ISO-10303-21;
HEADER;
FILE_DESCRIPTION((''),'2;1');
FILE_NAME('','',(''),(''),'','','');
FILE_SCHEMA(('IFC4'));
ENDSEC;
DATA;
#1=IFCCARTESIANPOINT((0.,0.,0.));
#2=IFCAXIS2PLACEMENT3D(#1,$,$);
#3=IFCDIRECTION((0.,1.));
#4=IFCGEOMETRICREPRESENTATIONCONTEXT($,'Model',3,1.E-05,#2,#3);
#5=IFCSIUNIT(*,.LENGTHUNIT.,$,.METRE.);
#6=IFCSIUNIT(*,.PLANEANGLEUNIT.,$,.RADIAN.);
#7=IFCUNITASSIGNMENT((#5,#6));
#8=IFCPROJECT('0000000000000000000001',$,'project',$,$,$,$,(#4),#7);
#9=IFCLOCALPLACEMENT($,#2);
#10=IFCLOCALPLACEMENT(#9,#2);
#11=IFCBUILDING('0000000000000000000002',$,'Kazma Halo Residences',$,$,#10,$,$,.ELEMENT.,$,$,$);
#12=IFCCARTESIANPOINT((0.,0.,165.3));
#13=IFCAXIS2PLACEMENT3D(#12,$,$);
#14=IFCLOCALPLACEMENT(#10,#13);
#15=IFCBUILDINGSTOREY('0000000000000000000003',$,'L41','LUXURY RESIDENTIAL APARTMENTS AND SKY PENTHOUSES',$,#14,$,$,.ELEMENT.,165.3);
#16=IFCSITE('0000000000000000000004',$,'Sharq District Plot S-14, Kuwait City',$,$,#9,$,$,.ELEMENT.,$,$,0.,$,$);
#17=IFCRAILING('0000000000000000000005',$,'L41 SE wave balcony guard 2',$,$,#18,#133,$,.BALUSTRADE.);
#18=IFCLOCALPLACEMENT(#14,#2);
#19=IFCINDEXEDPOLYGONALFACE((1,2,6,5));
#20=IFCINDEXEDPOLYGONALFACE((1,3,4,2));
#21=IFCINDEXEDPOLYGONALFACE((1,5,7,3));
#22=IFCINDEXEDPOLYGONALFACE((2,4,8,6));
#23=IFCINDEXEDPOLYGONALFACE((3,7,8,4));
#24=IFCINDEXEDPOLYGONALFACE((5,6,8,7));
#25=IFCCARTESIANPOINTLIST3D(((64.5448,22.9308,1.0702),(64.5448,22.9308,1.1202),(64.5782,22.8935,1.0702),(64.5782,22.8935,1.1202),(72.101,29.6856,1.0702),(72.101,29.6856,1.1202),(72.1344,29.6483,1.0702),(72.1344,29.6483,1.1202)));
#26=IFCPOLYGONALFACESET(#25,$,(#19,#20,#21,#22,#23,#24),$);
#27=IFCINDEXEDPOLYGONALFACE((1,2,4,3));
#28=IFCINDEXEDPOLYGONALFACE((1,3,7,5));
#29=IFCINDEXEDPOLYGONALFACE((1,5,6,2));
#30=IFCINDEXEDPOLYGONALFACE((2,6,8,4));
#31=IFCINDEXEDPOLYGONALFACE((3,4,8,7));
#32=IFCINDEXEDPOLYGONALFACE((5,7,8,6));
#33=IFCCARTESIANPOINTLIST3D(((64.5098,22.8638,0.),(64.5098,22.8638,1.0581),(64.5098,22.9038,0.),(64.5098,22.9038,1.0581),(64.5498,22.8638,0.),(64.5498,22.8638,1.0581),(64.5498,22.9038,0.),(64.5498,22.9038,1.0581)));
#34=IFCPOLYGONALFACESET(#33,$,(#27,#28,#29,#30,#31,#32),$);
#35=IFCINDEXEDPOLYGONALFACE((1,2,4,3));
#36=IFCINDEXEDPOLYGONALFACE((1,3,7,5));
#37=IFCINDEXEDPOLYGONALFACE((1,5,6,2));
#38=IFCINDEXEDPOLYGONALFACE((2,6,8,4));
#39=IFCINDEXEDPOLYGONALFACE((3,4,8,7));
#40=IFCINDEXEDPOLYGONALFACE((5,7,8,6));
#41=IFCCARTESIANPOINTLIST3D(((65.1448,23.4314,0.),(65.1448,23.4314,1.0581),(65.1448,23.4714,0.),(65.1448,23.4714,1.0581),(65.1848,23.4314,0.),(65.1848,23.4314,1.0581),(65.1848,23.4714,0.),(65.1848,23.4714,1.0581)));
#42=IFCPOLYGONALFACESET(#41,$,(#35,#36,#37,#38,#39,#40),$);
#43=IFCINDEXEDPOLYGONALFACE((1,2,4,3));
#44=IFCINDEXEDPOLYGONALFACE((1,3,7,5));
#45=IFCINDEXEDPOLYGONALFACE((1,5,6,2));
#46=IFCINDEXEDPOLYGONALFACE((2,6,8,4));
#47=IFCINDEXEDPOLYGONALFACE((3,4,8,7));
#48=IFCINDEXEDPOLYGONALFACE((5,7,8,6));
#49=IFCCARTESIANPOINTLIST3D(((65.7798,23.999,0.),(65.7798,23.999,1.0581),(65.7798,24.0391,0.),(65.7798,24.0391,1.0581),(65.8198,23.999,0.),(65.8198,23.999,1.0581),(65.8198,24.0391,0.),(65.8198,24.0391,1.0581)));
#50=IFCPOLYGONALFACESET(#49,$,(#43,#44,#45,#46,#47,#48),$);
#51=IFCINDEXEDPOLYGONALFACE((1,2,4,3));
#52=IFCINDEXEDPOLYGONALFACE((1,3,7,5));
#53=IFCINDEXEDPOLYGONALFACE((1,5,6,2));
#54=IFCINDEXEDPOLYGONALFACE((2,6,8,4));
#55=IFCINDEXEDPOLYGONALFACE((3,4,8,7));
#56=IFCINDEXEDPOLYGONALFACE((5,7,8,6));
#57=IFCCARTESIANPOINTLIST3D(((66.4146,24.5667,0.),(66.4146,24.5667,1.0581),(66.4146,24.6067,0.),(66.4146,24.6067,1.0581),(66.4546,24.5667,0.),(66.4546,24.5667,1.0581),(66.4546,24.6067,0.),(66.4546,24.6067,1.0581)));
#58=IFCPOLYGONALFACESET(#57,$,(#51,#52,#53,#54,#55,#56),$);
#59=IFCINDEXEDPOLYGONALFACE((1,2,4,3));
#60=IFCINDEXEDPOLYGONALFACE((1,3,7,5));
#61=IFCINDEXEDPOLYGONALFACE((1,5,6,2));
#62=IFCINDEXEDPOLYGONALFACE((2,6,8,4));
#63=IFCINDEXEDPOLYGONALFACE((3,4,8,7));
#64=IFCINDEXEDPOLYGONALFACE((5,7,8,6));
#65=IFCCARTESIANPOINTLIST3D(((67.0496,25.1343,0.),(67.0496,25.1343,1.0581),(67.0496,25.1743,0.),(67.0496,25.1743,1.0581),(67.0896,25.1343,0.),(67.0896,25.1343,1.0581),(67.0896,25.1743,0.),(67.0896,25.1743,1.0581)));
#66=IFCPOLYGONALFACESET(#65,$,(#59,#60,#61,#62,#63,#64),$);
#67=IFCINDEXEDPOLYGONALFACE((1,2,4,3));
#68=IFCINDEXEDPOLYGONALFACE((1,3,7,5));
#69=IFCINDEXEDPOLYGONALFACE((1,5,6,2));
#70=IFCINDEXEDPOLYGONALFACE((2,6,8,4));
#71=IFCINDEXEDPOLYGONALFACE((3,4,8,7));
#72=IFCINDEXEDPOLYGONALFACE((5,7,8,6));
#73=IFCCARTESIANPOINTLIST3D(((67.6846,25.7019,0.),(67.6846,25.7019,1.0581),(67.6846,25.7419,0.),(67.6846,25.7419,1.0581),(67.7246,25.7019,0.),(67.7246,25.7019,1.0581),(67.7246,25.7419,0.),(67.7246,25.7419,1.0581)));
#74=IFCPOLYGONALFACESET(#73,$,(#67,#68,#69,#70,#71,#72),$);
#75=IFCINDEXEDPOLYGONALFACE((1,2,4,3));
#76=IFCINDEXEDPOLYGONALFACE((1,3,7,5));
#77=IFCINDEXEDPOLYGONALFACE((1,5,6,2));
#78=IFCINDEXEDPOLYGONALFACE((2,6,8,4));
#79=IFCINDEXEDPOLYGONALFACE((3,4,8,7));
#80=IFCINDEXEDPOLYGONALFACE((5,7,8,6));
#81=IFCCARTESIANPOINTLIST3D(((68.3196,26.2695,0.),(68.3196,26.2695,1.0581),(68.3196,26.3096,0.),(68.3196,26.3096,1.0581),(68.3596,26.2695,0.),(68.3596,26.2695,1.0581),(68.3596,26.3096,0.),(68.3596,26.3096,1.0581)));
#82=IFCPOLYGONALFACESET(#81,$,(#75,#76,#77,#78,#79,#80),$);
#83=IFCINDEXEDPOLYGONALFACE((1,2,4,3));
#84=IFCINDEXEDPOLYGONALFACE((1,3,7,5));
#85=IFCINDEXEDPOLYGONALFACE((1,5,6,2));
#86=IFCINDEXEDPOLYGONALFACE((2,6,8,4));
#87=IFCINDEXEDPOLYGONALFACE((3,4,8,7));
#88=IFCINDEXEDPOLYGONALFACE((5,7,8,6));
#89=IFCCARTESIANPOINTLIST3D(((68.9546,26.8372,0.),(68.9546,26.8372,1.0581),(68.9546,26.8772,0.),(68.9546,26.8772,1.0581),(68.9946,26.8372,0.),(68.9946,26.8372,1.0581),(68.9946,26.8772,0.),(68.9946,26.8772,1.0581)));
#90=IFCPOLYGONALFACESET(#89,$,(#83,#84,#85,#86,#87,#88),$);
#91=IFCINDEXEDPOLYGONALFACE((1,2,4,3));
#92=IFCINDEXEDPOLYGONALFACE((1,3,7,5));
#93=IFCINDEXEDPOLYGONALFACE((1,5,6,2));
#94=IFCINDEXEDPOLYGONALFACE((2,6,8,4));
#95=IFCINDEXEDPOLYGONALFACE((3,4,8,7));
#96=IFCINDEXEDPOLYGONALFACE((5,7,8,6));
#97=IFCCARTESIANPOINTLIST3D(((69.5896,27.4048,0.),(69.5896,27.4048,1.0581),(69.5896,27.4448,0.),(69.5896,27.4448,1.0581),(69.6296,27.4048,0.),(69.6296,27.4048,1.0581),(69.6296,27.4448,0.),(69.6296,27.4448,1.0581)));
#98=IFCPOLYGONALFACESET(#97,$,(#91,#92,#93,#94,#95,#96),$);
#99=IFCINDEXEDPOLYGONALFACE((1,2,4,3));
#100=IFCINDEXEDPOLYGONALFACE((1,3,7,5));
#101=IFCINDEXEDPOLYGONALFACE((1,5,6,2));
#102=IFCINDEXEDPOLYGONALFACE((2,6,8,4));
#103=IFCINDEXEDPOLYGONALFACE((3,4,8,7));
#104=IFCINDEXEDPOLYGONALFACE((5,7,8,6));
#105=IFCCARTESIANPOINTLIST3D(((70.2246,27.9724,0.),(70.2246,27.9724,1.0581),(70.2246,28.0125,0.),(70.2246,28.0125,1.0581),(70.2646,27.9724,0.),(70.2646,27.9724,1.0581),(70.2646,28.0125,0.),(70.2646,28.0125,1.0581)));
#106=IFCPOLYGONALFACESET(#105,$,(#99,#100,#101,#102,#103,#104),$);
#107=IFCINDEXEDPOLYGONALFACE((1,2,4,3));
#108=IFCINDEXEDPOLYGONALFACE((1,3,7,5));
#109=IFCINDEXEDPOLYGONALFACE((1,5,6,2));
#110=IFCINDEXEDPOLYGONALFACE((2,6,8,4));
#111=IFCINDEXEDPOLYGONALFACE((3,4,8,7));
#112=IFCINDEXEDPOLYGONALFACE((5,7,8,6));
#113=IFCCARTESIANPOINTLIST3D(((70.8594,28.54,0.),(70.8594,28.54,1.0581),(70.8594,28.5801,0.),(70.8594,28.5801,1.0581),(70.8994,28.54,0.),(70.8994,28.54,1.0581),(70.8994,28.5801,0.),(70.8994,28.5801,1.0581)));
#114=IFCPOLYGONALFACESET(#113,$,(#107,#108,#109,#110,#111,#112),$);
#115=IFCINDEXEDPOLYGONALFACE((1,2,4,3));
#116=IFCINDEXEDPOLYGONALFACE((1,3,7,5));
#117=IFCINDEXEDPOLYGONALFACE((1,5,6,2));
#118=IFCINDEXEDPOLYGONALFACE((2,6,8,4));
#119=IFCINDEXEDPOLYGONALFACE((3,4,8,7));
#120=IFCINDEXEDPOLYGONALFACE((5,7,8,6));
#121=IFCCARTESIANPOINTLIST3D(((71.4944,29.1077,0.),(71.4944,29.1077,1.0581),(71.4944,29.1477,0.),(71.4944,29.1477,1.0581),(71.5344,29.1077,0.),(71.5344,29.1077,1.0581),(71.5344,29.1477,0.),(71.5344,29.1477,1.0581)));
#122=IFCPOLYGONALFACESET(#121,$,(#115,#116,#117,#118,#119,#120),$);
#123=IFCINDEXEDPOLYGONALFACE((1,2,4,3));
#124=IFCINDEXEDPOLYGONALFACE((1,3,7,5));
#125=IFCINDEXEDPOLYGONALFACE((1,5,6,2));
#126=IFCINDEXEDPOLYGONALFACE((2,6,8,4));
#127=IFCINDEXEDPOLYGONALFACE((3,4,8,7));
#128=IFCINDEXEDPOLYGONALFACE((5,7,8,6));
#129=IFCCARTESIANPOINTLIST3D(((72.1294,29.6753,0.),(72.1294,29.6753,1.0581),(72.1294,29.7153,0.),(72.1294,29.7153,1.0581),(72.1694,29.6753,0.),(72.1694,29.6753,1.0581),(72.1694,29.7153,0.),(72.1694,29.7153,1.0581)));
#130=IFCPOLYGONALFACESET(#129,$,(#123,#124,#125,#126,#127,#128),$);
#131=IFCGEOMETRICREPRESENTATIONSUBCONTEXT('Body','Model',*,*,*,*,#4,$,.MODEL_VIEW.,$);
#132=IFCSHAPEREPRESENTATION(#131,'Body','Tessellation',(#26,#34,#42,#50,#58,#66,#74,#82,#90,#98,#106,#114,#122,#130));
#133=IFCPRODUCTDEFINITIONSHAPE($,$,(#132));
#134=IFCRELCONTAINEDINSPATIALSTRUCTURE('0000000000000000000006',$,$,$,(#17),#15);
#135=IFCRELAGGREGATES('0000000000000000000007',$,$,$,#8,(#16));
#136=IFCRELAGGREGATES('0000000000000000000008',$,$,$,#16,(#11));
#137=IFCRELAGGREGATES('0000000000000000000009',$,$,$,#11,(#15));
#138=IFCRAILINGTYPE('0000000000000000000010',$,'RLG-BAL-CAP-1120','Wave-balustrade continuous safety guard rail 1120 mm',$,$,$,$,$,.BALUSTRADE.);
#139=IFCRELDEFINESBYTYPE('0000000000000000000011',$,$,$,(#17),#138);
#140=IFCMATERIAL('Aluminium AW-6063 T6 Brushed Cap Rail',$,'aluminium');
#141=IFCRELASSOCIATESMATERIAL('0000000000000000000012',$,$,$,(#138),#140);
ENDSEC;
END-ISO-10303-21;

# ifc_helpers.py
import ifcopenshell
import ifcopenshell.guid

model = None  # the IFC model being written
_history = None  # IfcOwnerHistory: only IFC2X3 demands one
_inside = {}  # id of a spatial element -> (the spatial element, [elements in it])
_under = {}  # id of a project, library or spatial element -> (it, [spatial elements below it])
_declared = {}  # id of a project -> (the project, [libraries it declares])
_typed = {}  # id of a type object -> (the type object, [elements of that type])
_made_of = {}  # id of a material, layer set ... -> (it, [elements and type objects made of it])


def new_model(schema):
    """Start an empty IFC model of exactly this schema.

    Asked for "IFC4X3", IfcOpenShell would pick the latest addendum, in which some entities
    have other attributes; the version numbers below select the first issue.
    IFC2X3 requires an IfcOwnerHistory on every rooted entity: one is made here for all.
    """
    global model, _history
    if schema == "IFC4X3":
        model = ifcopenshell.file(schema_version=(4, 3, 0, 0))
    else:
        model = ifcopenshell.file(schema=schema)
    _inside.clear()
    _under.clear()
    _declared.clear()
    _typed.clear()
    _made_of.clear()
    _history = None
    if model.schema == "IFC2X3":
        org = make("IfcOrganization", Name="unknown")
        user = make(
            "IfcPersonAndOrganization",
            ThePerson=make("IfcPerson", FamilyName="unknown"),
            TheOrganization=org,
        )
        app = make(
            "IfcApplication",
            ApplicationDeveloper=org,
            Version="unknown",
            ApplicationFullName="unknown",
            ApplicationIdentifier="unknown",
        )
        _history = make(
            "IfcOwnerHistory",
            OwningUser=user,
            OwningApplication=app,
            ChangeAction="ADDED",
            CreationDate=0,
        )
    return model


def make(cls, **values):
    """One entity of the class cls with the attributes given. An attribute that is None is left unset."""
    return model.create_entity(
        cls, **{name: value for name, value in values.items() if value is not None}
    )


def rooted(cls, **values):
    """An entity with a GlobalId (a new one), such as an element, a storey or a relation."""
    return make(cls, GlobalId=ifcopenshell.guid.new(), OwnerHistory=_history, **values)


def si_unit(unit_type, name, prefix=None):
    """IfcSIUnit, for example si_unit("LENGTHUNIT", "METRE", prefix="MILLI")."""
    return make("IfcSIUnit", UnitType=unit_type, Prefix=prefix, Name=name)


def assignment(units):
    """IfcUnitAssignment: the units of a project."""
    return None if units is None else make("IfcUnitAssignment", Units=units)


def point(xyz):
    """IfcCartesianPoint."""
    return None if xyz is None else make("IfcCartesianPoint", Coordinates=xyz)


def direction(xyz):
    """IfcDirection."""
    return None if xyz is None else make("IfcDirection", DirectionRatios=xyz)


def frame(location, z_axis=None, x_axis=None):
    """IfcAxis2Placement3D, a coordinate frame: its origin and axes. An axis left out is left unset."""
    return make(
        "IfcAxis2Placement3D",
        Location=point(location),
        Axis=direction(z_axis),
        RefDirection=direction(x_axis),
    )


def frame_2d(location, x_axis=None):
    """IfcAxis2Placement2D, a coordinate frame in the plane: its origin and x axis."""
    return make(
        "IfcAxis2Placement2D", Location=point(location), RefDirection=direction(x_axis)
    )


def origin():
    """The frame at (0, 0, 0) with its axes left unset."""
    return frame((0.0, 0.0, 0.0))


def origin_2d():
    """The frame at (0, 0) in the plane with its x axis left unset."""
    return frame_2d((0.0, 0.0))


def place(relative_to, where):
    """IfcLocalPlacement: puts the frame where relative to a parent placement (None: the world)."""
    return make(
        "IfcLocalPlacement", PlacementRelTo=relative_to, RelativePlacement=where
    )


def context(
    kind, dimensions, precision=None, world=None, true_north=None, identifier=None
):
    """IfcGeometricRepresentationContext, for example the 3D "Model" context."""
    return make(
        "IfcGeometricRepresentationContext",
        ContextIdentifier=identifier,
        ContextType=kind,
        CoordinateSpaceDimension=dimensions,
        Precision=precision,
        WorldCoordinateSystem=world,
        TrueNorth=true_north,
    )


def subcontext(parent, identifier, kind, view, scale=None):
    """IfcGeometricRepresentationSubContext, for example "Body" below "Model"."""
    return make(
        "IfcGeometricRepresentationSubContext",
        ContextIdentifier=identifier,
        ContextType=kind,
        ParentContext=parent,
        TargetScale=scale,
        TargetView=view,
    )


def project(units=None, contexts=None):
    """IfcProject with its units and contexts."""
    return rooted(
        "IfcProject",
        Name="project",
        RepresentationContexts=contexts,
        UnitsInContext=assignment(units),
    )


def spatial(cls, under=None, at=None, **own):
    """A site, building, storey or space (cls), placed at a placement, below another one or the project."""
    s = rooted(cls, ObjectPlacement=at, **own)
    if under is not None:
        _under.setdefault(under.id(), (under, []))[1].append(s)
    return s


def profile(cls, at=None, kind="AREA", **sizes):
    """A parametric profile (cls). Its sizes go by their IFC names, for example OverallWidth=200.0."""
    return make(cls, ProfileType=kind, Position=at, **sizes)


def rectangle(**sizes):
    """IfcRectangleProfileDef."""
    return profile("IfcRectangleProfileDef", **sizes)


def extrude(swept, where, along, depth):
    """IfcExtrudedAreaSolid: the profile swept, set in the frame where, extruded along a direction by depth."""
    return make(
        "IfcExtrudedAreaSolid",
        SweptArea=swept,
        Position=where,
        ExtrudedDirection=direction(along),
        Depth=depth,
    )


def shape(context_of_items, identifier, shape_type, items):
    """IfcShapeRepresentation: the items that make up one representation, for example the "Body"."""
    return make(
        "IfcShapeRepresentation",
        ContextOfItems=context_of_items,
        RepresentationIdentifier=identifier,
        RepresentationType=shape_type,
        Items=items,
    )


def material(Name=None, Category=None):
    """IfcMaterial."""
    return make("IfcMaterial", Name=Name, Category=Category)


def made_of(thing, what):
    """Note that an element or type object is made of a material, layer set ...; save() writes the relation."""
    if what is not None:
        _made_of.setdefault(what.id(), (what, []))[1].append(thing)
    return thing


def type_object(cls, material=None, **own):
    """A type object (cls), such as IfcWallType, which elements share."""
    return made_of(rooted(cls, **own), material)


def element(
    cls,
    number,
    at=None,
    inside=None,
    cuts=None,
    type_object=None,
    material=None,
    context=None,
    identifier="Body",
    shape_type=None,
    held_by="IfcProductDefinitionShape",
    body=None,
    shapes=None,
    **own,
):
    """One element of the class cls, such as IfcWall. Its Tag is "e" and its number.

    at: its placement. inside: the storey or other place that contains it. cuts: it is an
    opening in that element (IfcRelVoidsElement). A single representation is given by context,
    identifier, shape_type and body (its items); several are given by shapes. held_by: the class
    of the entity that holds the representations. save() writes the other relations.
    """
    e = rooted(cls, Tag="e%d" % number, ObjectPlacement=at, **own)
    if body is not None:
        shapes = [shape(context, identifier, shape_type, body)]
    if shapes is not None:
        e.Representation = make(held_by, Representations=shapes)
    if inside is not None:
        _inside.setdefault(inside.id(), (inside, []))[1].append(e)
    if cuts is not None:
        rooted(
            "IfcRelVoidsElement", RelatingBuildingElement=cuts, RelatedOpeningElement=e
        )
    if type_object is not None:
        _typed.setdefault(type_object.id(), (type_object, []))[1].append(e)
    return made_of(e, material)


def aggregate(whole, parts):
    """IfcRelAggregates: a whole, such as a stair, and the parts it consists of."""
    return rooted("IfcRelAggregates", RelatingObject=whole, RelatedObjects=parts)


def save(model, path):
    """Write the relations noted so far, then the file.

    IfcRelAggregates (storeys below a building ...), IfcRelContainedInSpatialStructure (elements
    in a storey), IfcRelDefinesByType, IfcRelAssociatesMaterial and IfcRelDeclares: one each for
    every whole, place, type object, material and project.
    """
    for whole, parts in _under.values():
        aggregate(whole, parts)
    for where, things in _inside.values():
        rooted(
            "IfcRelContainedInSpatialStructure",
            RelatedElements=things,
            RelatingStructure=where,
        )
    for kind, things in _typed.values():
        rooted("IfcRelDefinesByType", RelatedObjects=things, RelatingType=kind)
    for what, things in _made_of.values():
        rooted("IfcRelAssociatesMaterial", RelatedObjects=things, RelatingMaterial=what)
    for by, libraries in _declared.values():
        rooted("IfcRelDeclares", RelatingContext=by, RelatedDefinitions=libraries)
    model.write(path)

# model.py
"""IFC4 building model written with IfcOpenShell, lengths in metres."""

from ifc_helpers import new_model, si_unit, direction, frame, origin, origin_2d, place, context, subcontext, project, spatial, rectangle, extrude, material, type_object, element, save


model = new_model("IFC4")

# Units and contexts
model_context = context("Model", 3, precision=1e-05, world=origin(), true_north=direction((0.0, 1.0)))
body_context = subcontext(model_context, "Body", "Model", "MODEL_VIEW")
ifc_project = project(units=[si_unit("LENGTHUNIT", "METRE"), si_unit("PLANEANGLEUNIT", "RADIAN")], contexts=[model_context])

# Site, building, storey
site_placement = place(None, origin())
site = spatial("IfcSite", under=ifc_project, at=site_placement, Name="Sharq District Plot S-14, Kuwait City", CompositionType="ELEMENT", RefElevation=0.0)
building_placement = place(site_placement, origin())
building = spatial("IfcBuilding", under=site, at=building_placement, Name="Kazma Halo Residences", CompositionType="ELEMENT")
storey_placement = place(building_placement, frame((0.0, 0.0, 165.3)))
storey = spatial("IfcBuildingStorey", under=building, at=storey_placement, Name="L41", Description="LUXURY RESIDENTIAL APARTMENTS AND SKY PENTHOUSES", CompositionType="ELEMENT", Elevation=165.3)

# Railing
ifc_material_1 = material(Name="Aluminium AW-6063 T6 Brushed Cap Rail", Category="aluminium")
railing_type = type_object("IfcRailingType", Name="RLG-BAL-CAP-1120", Description="Wave-balustrade continuous safety guard rail 1120 mm", PredefinedType="BALUSTRADE", material=ifc_material_1)
railing_1_placement = place(storey_placement, frame((64.5298, 22.8838, 0.0)))
element("IfcRailing", 1, at=railing_1_placement, inside=storey, type_object=railing_type, Name="L41 SE wave balcony guard 2", PredefinedType="BALUSTRADE", context=body_context, shape_type="SweptSolid", body=[
    extrude(rectangle(XDim=0.05, YDim=0.05, at=origin_2d()), frame((0.0317, 0.0283, 1.0952), z_axis=(0.745535, 0.666467, 0.0), x_axis=(-0.666467, 0.745535, 0.0)), (0.0, 0.0, 1.0), 10.1353),
    extrude(rectangle(XDim=0.04, YDim=0.04, at=origin_2d()), origin(), (0.0, 0.0, 1.0), 1.0581),
    extrude(rectangle(XDim=0.04, YDim=0.04, at=origin_2d()), frame((0.635, 0.5676, 0.0)), (0.0, 0.0, 1.0), 1.0581),
    extrude(rectangle(XDim=0.04, YDim=0.04, at=origin_2d()), frame((1.27, 1.1353, 0.0)), (0.0, 0.0, 1.0), 1.0581),
    extrude(rectangle(XDim=0.04, YDim=0.04, at=origin_2d()), frame((1.9048, 1.7029, 0.0)), (0.0, 0.0, 1.0), 1.0581),
    extrude(rectangle(XDim=0.04, YDim=0.04, at=origin_2d()), frame((2.5398, 2.2705, 0.0)), (0.0, 0.0, 1.0), 1.0581),
    extrude(rectangle(XDim=0.04, YDim=0.04, at=origin_2d()), frame((3.1748, 2.8381, 0.0)), (0.0, 0.0, 1.0), 1.0581),
    extrude(rectangle(XDim=0.04, YDim=0.04, at=origin_2d()), frame((3.8098, 3.4058, 0.0)), (0.0, 0.0, 1.0), 1.0581),
    extrude(rectangle(XDim=0.04, YDim=0.04, at=origin_2d()), frame((4.4448, 3.9734, 0.0)), (0.0, 0.0, 1.0), 1.0581),
    extrude(rectangle(XDim=0.04, YDim=0.04, at=origin_2d()), frame((5.0798, 4.541, 0.0)), (0.0, 0.0, 1.0), 1.0581),
    extrude(rectangle(XDim=0.04, YDim=0.04, at=origin_2d()), frame((5.7148, 5.1086, 0.0)), (0.0, 0.0, 1.0), 1.0581),
    extrude(rectangle(XDim=0.04, YDim=0.04, at=origin_2d()), frame((6.3496, 5.6763, 0.0)), (0.0, 0.0, 1.0), 1.0581),
    extrude(rectangle(XDim=0.04, YDim=0.04, at=origin_2d()), frame((6.9846, 6.2439, 0.0)), (0.0, 0.0, 1.0), 1.0581),
    extrude(rectangle(XDim=0.04, YDim=0.04, at=origin_2d()), frame((7.6196, 6.8115, 0.0)), (0.0, 0.0, 1.0), 1.0581),
])

save(model, "model.ifc")
